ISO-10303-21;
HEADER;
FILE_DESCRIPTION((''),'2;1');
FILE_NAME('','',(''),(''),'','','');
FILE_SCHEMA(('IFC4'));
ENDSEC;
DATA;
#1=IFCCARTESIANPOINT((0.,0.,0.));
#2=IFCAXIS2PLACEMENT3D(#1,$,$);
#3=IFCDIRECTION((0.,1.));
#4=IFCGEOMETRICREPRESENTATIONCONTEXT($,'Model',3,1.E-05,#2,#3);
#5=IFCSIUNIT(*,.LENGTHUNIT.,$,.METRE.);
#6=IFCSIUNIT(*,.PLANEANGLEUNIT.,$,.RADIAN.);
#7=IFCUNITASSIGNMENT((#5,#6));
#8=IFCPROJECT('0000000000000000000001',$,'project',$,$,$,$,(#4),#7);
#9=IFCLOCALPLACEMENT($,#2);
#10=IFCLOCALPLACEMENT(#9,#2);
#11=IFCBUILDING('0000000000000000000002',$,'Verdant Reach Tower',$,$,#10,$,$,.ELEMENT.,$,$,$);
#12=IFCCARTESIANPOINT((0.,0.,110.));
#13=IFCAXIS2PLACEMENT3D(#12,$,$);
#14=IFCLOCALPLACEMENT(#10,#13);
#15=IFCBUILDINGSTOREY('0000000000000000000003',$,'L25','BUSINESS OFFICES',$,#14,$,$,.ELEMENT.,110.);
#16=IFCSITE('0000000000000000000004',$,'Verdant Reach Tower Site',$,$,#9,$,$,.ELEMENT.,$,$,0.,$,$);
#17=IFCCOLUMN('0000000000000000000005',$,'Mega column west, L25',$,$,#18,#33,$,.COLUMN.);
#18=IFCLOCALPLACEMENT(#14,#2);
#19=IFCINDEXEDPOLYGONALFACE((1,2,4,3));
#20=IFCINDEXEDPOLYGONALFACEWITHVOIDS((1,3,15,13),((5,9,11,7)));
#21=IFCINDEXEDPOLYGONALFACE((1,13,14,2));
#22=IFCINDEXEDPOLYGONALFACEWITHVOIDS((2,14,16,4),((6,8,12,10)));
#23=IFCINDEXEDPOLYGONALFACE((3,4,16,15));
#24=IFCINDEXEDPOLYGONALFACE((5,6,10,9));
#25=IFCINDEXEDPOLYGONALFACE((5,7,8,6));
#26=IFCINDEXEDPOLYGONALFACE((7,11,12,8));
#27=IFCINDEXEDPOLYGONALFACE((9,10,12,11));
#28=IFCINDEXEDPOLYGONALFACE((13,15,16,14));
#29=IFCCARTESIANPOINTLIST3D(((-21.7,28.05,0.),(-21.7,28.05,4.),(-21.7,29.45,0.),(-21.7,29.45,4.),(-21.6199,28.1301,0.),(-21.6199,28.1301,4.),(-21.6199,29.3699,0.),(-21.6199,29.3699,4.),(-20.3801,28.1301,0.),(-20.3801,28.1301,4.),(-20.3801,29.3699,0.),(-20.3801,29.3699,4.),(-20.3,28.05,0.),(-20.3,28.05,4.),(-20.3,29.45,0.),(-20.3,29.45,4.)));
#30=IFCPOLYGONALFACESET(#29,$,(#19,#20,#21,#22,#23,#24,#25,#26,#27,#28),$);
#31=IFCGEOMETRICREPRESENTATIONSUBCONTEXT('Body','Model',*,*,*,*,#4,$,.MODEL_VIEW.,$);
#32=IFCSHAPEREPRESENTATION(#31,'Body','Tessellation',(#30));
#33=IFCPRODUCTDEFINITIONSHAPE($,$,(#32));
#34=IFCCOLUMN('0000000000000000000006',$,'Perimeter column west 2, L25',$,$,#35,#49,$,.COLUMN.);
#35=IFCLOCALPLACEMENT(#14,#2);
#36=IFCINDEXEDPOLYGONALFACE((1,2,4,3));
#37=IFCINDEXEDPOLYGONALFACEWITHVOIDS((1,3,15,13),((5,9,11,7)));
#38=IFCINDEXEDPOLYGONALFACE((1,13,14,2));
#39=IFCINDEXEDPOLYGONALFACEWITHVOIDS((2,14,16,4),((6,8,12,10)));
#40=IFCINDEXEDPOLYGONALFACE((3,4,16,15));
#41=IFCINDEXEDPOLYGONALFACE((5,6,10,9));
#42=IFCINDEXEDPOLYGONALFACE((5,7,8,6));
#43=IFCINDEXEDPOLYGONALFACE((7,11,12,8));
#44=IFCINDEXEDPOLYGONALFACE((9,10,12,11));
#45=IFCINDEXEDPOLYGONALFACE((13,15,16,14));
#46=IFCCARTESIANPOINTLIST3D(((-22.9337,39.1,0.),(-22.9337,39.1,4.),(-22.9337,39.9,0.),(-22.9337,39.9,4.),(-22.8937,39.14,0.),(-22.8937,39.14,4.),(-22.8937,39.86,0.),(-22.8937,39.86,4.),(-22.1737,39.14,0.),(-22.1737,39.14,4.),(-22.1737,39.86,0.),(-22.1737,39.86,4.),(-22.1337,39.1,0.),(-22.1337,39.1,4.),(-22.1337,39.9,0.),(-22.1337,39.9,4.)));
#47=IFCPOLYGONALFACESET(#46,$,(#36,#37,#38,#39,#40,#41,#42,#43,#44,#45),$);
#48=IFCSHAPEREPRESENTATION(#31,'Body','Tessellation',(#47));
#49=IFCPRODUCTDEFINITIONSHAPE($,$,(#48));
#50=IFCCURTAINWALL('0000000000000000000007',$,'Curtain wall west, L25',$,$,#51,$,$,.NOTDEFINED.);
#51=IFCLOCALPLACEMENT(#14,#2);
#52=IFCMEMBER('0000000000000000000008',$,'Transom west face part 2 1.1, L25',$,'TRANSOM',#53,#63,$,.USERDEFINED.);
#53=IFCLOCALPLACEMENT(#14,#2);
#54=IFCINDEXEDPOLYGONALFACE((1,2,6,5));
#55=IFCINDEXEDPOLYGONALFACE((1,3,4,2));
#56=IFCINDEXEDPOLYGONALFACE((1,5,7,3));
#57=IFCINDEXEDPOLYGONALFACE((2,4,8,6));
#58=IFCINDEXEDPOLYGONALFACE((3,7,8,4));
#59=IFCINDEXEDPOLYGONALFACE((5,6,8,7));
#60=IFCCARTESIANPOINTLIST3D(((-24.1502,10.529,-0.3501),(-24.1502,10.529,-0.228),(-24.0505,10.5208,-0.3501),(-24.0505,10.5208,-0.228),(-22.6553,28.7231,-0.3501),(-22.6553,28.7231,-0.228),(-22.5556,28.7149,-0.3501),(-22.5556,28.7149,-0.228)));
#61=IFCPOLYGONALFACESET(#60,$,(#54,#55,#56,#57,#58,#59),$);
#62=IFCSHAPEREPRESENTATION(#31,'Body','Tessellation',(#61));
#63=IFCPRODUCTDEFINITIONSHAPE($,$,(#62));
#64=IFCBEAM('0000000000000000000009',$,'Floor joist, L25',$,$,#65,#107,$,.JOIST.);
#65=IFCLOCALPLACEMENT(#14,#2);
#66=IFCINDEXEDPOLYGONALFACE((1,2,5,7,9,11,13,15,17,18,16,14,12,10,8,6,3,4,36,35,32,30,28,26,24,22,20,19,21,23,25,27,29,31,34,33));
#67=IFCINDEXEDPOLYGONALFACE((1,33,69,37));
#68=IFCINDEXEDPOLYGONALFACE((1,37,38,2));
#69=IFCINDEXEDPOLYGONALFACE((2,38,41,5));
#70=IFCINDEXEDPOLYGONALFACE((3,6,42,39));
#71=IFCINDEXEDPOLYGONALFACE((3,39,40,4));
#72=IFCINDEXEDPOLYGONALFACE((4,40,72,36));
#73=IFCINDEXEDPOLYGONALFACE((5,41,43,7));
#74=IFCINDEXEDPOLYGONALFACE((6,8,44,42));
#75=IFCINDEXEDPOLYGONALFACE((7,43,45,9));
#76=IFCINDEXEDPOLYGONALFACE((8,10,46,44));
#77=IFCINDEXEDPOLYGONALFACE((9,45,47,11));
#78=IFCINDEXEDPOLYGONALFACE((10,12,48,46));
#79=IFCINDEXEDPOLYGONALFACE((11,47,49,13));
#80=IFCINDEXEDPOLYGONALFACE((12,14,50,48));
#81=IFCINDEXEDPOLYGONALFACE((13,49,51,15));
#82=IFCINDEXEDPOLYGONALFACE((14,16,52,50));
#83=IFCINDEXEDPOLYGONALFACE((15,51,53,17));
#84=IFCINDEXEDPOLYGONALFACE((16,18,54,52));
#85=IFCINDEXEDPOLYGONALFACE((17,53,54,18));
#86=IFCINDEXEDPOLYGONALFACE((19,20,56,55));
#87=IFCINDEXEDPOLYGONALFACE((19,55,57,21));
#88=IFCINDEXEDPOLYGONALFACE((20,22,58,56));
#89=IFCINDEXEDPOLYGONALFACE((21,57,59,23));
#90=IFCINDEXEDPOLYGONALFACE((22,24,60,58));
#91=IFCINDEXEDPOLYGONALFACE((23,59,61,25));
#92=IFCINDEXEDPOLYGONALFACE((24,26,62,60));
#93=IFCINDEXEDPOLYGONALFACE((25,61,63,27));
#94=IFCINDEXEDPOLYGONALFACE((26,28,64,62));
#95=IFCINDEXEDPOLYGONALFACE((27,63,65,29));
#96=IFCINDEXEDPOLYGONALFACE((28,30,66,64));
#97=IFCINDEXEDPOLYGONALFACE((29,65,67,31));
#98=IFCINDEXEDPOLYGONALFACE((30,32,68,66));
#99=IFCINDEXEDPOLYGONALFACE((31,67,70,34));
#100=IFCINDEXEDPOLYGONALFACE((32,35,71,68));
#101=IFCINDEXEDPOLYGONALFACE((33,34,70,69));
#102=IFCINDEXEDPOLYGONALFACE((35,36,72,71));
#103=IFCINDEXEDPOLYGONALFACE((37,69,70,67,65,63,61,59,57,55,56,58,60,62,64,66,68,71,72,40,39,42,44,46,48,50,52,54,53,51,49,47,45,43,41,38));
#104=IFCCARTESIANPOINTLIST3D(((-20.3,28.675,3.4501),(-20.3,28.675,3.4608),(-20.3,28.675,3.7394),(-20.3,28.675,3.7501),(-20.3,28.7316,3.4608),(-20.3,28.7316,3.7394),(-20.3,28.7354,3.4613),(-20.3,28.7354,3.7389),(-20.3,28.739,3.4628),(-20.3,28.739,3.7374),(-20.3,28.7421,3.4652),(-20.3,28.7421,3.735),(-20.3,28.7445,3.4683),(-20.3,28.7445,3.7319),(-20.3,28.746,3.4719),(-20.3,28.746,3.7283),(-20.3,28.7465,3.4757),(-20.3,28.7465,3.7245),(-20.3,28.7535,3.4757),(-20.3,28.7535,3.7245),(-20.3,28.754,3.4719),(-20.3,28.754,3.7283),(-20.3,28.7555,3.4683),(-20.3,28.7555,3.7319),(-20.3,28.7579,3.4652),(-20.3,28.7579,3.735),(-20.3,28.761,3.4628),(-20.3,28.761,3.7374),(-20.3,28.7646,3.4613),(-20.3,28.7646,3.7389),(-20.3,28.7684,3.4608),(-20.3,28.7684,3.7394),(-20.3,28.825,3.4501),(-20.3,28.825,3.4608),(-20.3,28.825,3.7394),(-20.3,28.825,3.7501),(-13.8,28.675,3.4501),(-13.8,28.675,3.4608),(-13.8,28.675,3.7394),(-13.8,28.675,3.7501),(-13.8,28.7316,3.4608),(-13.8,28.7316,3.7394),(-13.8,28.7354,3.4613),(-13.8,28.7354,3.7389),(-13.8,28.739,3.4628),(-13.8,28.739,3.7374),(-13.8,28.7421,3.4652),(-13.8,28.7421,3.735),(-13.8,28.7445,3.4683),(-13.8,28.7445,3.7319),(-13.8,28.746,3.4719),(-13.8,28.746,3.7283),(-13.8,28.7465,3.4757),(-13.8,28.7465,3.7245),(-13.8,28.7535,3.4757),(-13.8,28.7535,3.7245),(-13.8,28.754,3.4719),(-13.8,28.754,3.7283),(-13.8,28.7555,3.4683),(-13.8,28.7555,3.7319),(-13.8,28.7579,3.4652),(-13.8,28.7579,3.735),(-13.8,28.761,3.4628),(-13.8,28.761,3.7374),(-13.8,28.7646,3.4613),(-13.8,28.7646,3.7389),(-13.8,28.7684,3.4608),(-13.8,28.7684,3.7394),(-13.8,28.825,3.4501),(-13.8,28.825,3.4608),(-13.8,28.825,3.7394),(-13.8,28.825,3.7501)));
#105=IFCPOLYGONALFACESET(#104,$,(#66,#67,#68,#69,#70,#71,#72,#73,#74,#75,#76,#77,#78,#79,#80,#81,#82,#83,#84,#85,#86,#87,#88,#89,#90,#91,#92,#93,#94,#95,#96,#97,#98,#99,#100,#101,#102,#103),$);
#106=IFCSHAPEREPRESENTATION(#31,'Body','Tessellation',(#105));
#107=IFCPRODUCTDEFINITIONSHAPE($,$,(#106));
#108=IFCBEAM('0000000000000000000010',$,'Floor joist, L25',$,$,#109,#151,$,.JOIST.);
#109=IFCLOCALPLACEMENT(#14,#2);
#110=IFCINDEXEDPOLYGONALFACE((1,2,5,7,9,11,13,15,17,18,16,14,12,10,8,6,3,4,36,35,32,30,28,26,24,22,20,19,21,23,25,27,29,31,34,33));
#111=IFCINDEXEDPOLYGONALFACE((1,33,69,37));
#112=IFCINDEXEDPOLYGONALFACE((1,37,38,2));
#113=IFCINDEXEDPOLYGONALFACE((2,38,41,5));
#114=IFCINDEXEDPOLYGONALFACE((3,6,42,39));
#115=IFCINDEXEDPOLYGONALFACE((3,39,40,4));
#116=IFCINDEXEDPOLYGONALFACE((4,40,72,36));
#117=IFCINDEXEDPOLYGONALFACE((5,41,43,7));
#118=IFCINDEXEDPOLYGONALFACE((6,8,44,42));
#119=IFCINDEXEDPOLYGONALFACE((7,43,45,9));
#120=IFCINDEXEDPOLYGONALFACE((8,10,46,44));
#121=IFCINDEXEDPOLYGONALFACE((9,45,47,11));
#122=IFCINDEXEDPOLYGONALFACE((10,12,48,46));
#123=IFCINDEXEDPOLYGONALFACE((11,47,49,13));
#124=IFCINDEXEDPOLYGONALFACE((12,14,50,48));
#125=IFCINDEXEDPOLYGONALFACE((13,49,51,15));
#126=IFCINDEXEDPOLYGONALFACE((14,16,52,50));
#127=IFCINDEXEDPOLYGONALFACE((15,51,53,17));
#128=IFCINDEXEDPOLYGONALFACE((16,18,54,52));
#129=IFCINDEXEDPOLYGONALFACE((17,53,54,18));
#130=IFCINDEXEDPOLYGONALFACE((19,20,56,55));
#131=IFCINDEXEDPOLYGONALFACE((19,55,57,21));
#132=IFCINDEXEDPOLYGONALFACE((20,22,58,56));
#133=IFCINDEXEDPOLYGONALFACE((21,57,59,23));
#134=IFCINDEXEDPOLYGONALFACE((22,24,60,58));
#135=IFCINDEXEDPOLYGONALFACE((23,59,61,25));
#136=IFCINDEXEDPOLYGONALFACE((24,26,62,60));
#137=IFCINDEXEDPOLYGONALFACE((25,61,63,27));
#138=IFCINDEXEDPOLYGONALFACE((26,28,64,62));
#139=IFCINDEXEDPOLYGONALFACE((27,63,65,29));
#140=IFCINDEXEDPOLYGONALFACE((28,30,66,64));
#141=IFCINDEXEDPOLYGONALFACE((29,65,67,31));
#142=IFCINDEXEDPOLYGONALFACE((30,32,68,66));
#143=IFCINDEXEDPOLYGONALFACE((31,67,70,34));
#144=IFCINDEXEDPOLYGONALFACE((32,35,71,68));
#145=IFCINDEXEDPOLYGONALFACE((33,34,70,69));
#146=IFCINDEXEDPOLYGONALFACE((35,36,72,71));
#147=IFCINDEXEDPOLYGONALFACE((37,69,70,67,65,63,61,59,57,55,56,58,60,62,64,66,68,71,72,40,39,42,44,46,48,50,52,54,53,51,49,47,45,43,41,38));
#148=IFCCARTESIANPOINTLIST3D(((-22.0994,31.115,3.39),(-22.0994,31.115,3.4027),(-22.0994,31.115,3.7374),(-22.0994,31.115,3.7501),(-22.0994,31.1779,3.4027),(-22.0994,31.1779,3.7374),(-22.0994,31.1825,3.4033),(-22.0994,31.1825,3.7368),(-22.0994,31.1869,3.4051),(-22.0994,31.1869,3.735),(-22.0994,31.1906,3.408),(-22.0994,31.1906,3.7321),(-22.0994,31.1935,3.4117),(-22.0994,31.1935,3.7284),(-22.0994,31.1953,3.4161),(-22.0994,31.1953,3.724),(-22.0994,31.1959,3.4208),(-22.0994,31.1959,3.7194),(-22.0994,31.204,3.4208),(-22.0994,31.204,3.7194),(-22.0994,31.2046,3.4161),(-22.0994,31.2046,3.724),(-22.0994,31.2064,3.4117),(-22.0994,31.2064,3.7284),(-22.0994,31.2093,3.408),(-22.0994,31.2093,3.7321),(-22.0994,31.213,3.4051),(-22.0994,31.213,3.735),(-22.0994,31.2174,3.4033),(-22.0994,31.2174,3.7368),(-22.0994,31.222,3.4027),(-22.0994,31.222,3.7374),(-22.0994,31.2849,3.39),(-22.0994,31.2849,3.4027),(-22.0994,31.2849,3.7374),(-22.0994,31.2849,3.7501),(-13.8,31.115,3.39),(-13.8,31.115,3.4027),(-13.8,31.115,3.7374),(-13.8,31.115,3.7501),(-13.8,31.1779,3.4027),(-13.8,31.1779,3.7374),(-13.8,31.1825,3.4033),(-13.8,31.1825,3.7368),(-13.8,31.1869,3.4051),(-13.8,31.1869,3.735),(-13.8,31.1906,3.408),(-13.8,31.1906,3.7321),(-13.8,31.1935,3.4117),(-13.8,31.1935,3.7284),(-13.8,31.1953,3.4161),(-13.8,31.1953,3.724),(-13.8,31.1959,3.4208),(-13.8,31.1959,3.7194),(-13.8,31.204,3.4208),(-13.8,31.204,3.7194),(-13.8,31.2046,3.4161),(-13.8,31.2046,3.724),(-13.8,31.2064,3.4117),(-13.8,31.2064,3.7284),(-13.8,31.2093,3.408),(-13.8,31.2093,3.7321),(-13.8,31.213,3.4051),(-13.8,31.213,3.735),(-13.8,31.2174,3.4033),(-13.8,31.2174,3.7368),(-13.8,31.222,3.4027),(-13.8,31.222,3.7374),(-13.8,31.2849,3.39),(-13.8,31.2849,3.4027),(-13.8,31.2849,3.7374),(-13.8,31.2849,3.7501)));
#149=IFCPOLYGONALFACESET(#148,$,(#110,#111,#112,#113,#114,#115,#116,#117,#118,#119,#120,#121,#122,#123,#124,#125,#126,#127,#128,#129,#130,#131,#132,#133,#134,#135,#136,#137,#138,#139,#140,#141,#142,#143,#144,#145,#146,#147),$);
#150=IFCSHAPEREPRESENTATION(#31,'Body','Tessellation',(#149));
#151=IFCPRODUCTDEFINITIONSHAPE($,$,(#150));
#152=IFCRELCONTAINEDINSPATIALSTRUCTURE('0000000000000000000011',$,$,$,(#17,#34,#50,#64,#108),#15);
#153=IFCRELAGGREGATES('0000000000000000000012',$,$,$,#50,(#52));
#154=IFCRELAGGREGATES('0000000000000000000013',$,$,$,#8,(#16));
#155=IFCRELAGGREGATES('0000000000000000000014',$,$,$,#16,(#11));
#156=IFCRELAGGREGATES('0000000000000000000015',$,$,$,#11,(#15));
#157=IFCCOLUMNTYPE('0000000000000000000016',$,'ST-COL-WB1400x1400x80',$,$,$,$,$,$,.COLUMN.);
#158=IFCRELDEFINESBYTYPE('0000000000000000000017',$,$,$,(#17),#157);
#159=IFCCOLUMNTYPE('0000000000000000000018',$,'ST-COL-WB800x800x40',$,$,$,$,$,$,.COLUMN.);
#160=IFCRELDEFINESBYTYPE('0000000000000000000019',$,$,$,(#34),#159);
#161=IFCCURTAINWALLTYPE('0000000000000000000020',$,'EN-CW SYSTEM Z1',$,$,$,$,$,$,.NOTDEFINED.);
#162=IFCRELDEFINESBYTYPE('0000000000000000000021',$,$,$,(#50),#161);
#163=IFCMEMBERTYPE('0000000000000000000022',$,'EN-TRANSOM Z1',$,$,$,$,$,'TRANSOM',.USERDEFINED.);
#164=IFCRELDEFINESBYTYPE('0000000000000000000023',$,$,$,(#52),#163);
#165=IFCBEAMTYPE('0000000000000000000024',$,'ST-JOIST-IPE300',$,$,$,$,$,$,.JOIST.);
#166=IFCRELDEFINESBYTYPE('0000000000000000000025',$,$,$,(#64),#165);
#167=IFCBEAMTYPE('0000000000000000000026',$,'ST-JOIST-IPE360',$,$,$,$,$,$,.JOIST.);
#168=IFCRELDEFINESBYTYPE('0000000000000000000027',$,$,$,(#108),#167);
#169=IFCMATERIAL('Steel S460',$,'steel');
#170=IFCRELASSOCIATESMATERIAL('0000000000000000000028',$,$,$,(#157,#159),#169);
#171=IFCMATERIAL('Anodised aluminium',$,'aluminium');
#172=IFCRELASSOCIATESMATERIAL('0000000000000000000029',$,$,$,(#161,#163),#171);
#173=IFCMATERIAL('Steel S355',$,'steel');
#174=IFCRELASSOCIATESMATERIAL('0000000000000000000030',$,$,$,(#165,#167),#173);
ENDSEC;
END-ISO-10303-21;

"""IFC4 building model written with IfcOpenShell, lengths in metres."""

from ifc_helpers import new_model, si_unit, direction, frame, origin, origin_2d, place, context, subcontext, project, spatial, rectangle, hollow_rectangle, i_section, extrude, material, material_profile, profile_set, type_object, element, aggregate, save


model = new_model("IFC4")

# Units and contexts
model_context = context("Model", 3, precision=1e-05, world=origin(), true_north=direction((0.0, 1.0)))
body_context = subcontext(model_context, "Body", "Model", "MODEL_VIEW")
ifc_project = project(units=[si_unit("LENGTHUNIT", "METRE"), si_unit("PLANEANGLEUNIT", "RADIAN")], contexts=[model_context])

# Site, building, storey
site_placement = place(None, origin())
site = spatial("IfcSite", under=ifc_project, at=site_placement, Name="Verdant Reach Tower Site", CompositionType="ELEMENT", RefElevation=0.0)
building_placement = place(site_placement, origin())
building = spatial("IfcBuilding", under=site, at=building_placement, Name="Verdant Reach Tower", CompositionType="ELEMENT")
storey_placement = place(building_placement, frame((0.0, 0.0, 110.0)))
storey = spatial("IfcBuildingStorey", under=building, at=storey_placement, Name="L25", Description="BUSINESS OFFICES", CompositionType="ELEMENT", Elevation=110.0)

# Columns
ifc_material_1 = material(Name="Steel S460", Category="steel")
ifc_material_profile_1 = material_profile(ifc_material_1, hollow_rectangle(XDim=1.3999, YDim=1.3999, WallThickness=0.0801, at=origin_2d()), Name="WB 1400x1400x80")
ifc_profile_set_1 = profile_set([ifc_material_profile_1], Name="Steel S460")
column_type_1 = type_object("IfcColumnType", Name="ST-COL-WB1400x1400x80", PredefinedType="COLUMN", material=ifc_profile_set_1)
column_1_placement = place(storey_placement, frame((-21.0, 28.75, 0.0), z_axis=(0.0, 0.0, 1.0), x_axis=(1.0, 0.0, 0.0)))
element("IfcColumn", 1, at=column_1_placement, inside=storey, type_object=column_type_1, Name="Mega column west, L25", PredefinedType="COLUMN", context=body_context, shape_type="SweptSolid", body=[
    extrude(hollow_rectangle(XDim=1.3999, YDim=1.3999, WallThickness=0.0801, at=origin_2d()), origin(), (0.0, 0.0, 1.0), 4.0),
])
ifc_material_profile_2 = material_profile(ifc_material_1, hollow_rectangle(XDim=0.8, YDim=0.8, WallThickness=0.04, at=origin_2d()), Name="WB 800x800x40")
ifc_profile_set_2 = profile_set([ifc_material_profile_2], Name="Steel S460")
column_type_2 = type_object("IfcColumnType", Name="ST-COL-WB800x800x40", PredefinedType="COLUMN", material=ifc_profile_set_2)
column_2_placement = place(storey_placement, frame((-22.5337, 39.5, 0.0), z_axis=(0.0, 0.0, 1.0), x_axis=(1.0, 0.0, 0.0)))
element("IfcColumn", 2, at=column_2_placement, inside=storey, type_object=column_type_2, Name="Perimeter column west 2, L25", PredefinedType="COLUMN", context=body_context, shape_type="SweptSolid", body=[
    extrude(hollow_rectangle(XDim=0.8, YDim=0.8, WallThickness=0.04, at=origin_2d()), origin(), (0.0, 0.0, 1.0), 4.0),
])

# Curtain wall, member
ifc_material_2 = material(Name="Anodised aluminium", Category="aluminium")
curtain_wall_type = type_object("IfcCurtainWallType", Name="EN-CW SYSTEM Z1", PredefinedType="NOTDEFINED", material=ifc_material_2)
curtain_wall_placement = place(storey_placement, origin())
curtain_wall = element("IfcCurtainWall", 3, at=curtain_wall_placement, inside=storey, type_object=curtain_wall_type, Name="Curtain wall west, L25", PredefinedType="NOTDEFINED")
ifc_material_profile_3 = material_profile(ifc_material_2, rectangle(XDim=0.1001, YDim=0.1221, at=origin_2d()), Name="Transom 122x100")
ifc_profile_set_3 = profile_set([ifc_material_profile_3], Name="Anodised aluminium")
member_type = type_object("IfcMemberType", Name="EN-TRANSOM Z1", ElementType="TRANSOM", PredefinedType="USERDEFINED", material=ifc_profile_set_3)
member_placement = place(storey_placement, frame((-22.6055, 28.719, -0.2891), z_axis=(-0.081887, -0.996642, 0.0), x_axis=(0.996642, -0.081887, 0.0)))
member = element("IfcMember", 4, at=member_placement, type_object=member_type, Name="Transom west face part 2 1.1, L25", ObjectType="TRANSOM", PredefinedType="USERDEFINED", context=body_context, shape_type="SweptSolid", body=[
    extrude(rectangle(XDim=0.1001, YDim=0.1221, at=origin_2d()), origin(), (0.0, 0.0, 1.0), 18.2554),
])

# Beams
ifc_material_3 = material(Name="Steel S355", Category="steel")
ifc_material_profile_4 = material_profile(ifc_material_3, i_section(OverallWidth=0.1499, OverallDepth=0.3, WebThickness=0.0071, FlangeThickness=0.0107, FilletRadius=0.0149, at=origin_2d()), Name="IPE 300")
ifc_profile_set_4 = profile_set([ifc_material_profile_4], Name="Steel S355")
beam_type_1 = type_object("IfcBeamType", Name="ST-JOIST-IPE300", PredefinedType="JOIST", material=ifc_profile_set_4)
beam_1_placement = place(storey_placement, frame((-13.8, 28.75, 3.6001), z_axis=(-1.0, 0.0, 0.0), x_axis=(0.0, -1.0, 0.0)))
element("IfcBeam", 5, at=beam_1_placement, inside=storey, type_object=beam_type_1, Name="Floor joist, L25", PredefinedType="JOIST", context=body_context, shape_type="SweptSolid", body=[
    extrude(i_section(OverallWidth=0.1499, OverallDepth=0.3, WebThickness=0.0071, FlangeThickness=0.0107, FilletRadius=0.0149, at=origin_2d()), origin(), (0.0, 0.0, 1.0), 6.5),
])
ifc_material_profile_5 = material_profile(ifc_material_3, i_section(OverallWidth=0.1699, OverallDepth=0.3601, WebThickness=0.0081, FlangeThickness=0.0127, FilletRadius=0.0181, at=origin_2d()), Name="IPE 360")
ifc_profile_set_5 = profile_set([ifc_material_profile_5], Name="Steel S355")
beam_type_2 = type_object("IfcBeamType", Name="ST-JOIST-IPE360", PredefinedType="JOIST", material=ifc_profile_set_5)
beam_2_placement = place(storey_placement, frame((-13.8, 31.2, 3.5701), z_axis=(-1.0, 0.0, 0.0), x_axis=(0.0, -1.0, 0.0)))
element("IfcBeam", 6, at=beam_2_placement, inside=storey, type_object=beam_type_2, Name="Floor joist, L25", PredefinedType="JOIST", context=body_context, shape_type="SweptSolid", body=[
    extrude(i_section(OverallWidth=0.1699, OverallDepth=0.3601, WebThickness=0.0081, FlangeThickness=0.0127, FilletRadius=0.0181, at=origin_2d()), origin(), (0.0, 0.0, 1.0), 8.2993),
])

aggregate(curtain_wall, [member])

save(model, "model.ifc")
